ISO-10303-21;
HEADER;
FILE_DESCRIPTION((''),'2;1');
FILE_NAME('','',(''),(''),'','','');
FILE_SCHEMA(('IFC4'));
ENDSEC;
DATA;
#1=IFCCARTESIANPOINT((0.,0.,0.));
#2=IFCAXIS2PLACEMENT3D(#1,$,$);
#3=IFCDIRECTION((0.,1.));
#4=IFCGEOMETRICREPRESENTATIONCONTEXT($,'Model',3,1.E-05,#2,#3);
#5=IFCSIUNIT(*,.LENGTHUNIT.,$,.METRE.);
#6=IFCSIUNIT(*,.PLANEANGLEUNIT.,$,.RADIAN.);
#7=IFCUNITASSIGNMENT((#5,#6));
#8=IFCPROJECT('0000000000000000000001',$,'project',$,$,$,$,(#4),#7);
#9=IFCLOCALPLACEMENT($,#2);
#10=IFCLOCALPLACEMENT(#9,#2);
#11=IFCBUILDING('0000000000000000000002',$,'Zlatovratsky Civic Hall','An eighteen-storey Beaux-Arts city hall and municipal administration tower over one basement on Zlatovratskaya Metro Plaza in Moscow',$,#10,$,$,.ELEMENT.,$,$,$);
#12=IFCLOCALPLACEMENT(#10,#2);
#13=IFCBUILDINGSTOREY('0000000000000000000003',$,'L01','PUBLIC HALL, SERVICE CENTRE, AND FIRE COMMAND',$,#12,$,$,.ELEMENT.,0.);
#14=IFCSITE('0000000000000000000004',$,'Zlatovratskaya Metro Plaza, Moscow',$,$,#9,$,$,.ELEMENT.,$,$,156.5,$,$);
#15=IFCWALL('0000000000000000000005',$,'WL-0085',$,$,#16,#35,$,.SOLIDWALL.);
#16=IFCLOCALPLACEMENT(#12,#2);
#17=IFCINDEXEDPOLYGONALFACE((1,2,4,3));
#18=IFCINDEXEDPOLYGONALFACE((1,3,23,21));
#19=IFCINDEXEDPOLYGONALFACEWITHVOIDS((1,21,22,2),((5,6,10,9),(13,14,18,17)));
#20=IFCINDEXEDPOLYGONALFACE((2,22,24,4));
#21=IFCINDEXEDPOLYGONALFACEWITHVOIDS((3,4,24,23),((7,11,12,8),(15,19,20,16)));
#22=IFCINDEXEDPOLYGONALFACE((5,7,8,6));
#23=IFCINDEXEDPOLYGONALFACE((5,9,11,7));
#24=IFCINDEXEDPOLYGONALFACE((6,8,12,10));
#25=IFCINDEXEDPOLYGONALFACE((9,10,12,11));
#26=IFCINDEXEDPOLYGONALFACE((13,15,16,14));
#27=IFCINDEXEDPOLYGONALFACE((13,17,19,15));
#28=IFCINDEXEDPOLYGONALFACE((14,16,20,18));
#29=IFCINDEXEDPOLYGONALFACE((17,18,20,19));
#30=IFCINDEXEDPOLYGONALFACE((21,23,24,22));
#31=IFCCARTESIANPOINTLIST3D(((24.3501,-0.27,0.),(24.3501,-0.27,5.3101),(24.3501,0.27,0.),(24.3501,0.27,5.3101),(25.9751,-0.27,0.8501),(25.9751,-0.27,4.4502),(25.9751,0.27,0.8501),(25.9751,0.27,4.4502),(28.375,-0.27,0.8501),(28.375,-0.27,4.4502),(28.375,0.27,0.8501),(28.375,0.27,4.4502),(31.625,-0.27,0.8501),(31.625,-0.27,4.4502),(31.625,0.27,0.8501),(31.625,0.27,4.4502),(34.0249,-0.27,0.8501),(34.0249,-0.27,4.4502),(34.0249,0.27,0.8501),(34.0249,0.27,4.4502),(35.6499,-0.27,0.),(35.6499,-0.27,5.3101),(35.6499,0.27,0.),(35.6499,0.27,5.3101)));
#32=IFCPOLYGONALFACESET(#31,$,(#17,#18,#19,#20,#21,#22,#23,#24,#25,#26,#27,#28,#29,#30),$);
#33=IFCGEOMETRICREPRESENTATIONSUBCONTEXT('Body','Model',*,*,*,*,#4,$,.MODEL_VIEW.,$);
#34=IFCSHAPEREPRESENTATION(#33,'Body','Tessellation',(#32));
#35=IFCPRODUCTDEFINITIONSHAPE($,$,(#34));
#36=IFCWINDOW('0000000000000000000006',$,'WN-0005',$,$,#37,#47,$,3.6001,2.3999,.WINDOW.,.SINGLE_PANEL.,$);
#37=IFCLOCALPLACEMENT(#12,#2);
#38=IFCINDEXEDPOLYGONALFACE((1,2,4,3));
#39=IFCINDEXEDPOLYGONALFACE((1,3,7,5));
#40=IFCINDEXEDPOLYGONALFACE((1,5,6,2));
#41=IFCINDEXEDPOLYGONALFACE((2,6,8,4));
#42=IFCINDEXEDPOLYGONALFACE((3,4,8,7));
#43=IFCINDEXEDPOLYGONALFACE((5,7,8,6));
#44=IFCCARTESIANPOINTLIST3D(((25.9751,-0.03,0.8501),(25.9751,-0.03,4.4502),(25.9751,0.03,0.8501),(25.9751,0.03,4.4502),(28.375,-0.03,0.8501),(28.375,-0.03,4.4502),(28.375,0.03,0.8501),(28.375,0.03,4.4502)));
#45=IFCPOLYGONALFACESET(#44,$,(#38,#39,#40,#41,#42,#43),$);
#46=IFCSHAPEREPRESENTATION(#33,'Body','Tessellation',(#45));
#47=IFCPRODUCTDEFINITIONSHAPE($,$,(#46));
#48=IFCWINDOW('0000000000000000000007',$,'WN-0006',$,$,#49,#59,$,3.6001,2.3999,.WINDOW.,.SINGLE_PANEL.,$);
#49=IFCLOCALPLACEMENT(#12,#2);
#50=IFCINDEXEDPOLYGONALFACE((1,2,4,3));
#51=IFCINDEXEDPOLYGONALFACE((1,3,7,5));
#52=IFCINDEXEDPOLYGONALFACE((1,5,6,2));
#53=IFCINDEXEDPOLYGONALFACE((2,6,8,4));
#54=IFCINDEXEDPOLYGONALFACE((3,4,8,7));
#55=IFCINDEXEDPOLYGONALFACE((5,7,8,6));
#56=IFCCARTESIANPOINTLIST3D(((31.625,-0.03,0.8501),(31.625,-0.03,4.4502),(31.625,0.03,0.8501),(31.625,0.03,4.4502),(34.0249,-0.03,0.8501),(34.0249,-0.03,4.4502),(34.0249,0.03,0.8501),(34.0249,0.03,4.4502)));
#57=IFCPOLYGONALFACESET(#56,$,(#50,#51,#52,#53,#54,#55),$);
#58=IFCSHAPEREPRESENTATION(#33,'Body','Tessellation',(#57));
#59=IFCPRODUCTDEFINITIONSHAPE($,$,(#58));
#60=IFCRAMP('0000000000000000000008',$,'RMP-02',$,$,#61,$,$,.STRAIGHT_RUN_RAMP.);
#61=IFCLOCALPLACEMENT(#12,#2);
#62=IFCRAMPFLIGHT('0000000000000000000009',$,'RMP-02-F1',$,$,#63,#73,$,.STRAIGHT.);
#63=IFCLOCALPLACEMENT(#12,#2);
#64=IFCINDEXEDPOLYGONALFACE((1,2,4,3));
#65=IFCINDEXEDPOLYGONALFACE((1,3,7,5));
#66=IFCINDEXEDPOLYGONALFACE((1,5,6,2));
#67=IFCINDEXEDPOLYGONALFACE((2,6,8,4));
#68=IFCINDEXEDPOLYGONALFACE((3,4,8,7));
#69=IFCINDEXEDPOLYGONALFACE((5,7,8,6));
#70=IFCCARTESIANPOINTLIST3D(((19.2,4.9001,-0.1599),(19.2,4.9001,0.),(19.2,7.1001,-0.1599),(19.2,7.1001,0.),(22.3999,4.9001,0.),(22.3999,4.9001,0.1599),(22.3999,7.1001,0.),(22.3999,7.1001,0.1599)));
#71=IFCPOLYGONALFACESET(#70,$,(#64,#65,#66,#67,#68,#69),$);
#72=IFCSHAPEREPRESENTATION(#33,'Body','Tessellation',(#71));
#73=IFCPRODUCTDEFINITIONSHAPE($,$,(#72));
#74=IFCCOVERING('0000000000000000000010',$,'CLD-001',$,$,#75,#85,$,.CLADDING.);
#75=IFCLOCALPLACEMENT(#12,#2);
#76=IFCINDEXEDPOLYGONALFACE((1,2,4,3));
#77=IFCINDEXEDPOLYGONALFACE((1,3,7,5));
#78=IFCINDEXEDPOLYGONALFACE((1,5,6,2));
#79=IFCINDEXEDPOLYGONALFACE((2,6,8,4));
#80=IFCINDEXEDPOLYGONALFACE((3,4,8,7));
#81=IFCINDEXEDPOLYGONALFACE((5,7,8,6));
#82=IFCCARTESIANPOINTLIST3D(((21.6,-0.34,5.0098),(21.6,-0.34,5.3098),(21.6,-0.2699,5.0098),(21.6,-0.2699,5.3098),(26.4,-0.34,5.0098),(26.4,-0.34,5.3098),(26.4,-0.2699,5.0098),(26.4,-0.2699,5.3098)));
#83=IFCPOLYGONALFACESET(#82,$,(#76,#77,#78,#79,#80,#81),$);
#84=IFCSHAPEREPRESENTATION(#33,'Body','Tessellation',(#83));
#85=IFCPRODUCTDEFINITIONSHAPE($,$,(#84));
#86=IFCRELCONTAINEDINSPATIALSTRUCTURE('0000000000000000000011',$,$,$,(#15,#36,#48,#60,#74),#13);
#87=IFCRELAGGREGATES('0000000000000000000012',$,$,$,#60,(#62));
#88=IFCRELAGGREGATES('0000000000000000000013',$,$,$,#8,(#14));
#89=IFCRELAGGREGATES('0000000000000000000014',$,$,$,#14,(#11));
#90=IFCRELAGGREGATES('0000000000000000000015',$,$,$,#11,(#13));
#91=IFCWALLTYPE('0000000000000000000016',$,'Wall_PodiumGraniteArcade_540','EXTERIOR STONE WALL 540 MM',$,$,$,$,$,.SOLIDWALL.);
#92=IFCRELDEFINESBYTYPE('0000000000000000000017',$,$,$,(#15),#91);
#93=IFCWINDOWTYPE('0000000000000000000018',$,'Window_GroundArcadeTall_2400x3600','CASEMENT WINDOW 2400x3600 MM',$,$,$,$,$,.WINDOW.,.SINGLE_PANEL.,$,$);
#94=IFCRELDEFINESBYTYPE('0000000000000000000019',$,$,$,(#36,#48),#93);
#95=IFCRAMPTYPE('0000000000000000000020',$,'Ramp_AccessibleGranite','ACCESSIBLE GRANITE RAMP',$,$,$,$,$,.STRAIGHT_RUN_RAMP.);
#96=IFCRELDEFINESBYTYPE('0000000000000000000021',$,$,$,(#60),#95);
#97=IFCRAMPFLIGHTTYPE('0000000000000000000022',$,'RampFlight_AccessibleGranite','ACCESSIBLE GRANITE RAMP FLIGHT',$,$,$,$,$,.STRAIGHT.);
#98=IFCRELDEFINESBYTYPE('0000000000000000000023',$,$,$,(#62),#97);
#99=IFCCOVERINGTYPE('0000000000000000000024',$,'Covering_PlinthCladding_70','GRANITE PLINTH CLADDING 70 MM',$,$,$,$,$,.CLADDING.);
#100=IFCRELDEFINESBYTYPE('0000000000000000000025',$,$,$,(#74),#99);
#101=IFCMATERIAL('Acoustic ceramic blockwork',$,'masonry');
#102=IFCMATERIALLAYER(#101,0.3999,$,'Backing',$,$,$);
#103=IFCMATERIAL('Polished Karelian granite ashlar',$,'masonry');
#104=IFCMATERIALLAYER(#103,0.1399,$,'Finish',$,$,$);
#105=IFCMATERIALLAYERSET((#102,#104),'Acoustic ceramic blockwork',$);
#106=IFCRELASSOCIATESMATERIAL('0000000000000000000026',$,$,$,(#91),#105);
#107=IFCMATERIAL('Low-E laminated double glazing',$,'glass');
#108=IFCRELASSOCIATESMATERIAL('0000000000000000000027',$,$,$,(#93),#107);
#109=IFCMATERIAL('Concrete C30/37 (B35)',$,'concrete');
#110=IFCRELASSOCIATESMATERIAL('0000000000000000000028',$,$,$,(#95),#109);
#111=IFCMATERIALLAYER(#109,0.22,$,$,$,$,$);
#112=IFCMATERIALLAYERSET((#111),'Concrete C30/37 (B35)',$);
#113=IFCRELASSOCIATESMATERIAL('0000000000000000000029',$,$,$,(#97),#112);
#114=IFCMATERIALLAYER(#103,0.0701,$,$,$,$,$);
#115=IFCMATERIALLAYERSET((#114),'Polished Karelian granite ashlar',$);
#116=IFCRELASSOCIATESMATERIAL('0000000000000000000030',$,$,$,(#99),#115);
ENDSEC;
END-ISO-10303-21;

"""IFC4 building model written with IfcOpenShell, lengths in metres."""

from ifc_helpers import new_model, si_unit, direction, frame, frame_2d, origin, origin_2d, place, context, subcontext, project, spatial, polyline, rectangle, outline, extrude, material, layer, layer_set, type_object, element, fill, aggregate, save


model = new_model("IFC4")

# Units and contexts
model_context = context("Model", 3, precision=1e-05, world=origin(), true_north=direction((0.0, 1.0)))
body_context = subcontext(model_context, "Body", "Model", "MODEL_VIEW")
ifc_project = project(units=[si_unit("LENGTHUNIT", "METRE"), si_unit("PLANEANGLEUNIT", "RADIAN")], contexts=[model_context])

# Site, building, storey
site_placement = place(None, origin())
site = spatial("IfcSite", under=ifc_project, at=site_placement, Name="Zlatovratskaya Metro Plaza, Moscow", CompositionType="ELEMENT", RefElevation=156.5)
building_placement = place(site_placement, origin())
building = spatial("IfcBuilding", under=site, at=building_placement, Name="Zlatovratsky Civic Hall", Description="An eighteen-storey Beaux-Arts city hall and municipal administration tower over one basement on Zlatovratskaya Metro Plaza in Moscow", CompositionType="ELEMENT")
storey_placement = place(building_placement, origin())
storey = spatial("IfcBuildingStorey", under=building, at=storey_placement, Name="L01", Description="PUBLIC HALL, SERVICE CENTRE, AND FIRE COMMAND", CompositionType="ELEMENT", Elevation=0.0)

# Shared definitions
ifc_material_1 = material(Name="Acoustic ceramic blockwork", Category="masonry")

# Shared definitions
ifc_layer_1 = layer(ifc_material_1, 0.3999, Name="Backing")
ifc_material_2 = material(Name="Polished Karelian granite ashlar", Category="masonry")
ifc_layer_2 = layer(ifc_material_2, 0.1399, Name="Finish")
ifc_layer_set_1 = layer_set([ifc_layer_1, ifc_layer_2], Name="Acoustic ceramic blockwork")
wall_type_1 = type_object("IfcWallType", Name="Wall_PodiumGraniteArcade_540", Description="EXTERIOR STONE WALL 540 MM", PredefinedType="SOLIDWALL", material=ifc_layer_set_1)
ifc_material_3 = material(Name="Low-E laminated double glazing", Category="glass")
window_type = type_object("IfcWindowType", Name="Window_GroundArcadeTall_2400x3600", Description="CASEMENT WINDOW 2400x3600 MM", PartitioningType="SINGLE_PANEL", PredefinedType="WINDOW", material=ifc_material_3)

# Wall, openings, windows
wall_1_placement = place(storey_placement, frame((24.3501, 0.0, 0.0), z_axis=(0.0, 0.0, 1.0), x_axis=(1.0, 0.0, 0.0)))
wall_1 = element("IfcWall", 1, at=wall_1_placement, inside=storey, type_object=wall_type_1, Name="WL-0085", PredefinedType="SOLIDWALL", context=body_context, shape_type="SweptSolid", body=[
    extrude(rectangle(XDim=11.2998, YDim=0.54, at=frame_2d((5.6499, 0.0))), origin(), (0.0, 0.0, 1.0), 5.3101),
])
opening_1_placement = place(wall_1_placement, frame((1.625, 0.0, 0.8501)))
opening_1 = element("IfcOpeningElement", 2, at=opening_1_placement, cuts=wall_1, PredefinedType="OPENING", context=body_context, shape_type="SweptSolid", body=[
    extrude(rectangle(XDim=2.3999, YDim=3.6001, at=frame_2d((1.2, 1.8))), frame((0.0, 0.2849, 0.0), z_axis=(0.0, -1.0, 0.0), x_axis=(1.0, 0.0, 0.0)), (0.0, 0.0, 1.0), 0.5698),
])
opening_2_placement = place(wall_1_placement, frame((7.2749, 0.0, 0.8501)))
opening_2 = element("IfcOpeningElement", 3, at=opening_2_placement, cuts=wall_1, PredefinedType="OPENING", context=body_context, shape_type="SweptSolid", body=[
    extrude(rectangle(XDim=2.3999, YDim=3.6001, at=frame_2d((1.2, 1.8))), frame((0.0, 0.2849, 0.0), z_axis=(0.0, -1.0, 0.0), x_axis=(1.0, 0.0, 0.0)), (0.0, 0.0, 1.0), 0.5698),
])
window_1_placement = place(opening_1_placement, origin())
window_1 = element("IfcWindow", 4, at=window_1_placement, inside=storey, type_object=window_type, Name="WN-0005", OverallHeight=3.6001, OverallWidth=2.3999, PartitioningType="SINGLE_PANEL", PredefinedType="WINDOW", context=body_context, shape_type="SweptSolid", body=[
    extrude(rectangle(XDim=2.3999, YDim=3.6001, at=frame_2d((1.2, 1.8))), frame((0.0, 0.03, 0.0), z_axis=(0.0, -1.0, 0.0), x_axis=(1.0, 0.0, 0.0)), (0.0, 0.0, 1.0), 0.0601),
])
fill(opening_1, window_1)
window_2_placement = place(opening_2_placement, origin())
window_2 = element("IfcWindow", 5, at=window_2_placement, inside=storey, type_object=window_type, Name="WN-0006", OverallHeight=3.6001, OverallWidth=2.3999, PartitioningType="SINGLE_PANEL", PredefinedType="WINDOW", context=body_context, shape_type="SweptSolid", body=[
    extrude(rectangle(XDim=2.3999, YDim=3.6001, at=frame_2d((1.2, 1.8))), frame((0.0, 0.03, 0.0), z_axis=(0.0, -1.0, 0.0), x_axis=(1.0, 0.0, 0.0)), (0.0, 0.0, 1.0), 0.0601),
])
fill(opening_2, window_2)

# Ramp, ramp flight
ifc_material_4 = material(Name="Concrete C30/37 (B35)", Category="concrete")
ramp_type = type_object("IfcRampType", Name="Ramp_AccessibleGranite", Description="ACCESSIBLE GRANITE RAMP", PredefinedType="STRAIGHT_RUN_RAMP", material=ifc_material_4)
ramp_placement = place(storey_placement, origin())
ramp = element("IfcRamp", 6, at=ramp_placement, inside=storey, type_object=ramp_type, Name="RMP-02", PredefinedType="STRAIGHT_RUN_RAMP")
ifc_layer_3 = layer(ifc_material_4, 0.22)
ifc_layer_set_2 = layer_set([ifc_layer_3], Name="Concrete C30/37 (B35)")
ramp_flight_type = type_object("IfcRampFlightType", Name="RampFlight_AccessibleGranite", Description="ACCESSIBLE GRANITE RAMP FLIGHT", PredefinedType="STRAIGHT", material=ifc_layer_set_2)
ramp_flight_placement = place(storey_placement, frame((19.2, 6.0, 0.0), z_axis=(0.0, 0.0, 1.0), x_axis=(1.0, 0.0, 0.0)))
ramp_flight = element("IfcRampFlight", 7, at=ramp_flight_placement, type_object=ramp_flight_type, Name="RMP-02-F1", PredefinedType="STRAIGHT", context=body_context, shape_type="SweptSolid", body=[
    extrude(outline(polyline([(0.0, 0.0), (3.2, 0.1599), (3.2, 0.0), (0.0, -0.1599), (0.0, 0.0)])), frame((0.0, 1.1001, 0.0), z_axis=(0.0, -1.0, 0.0), x_axis=(1.0, 0.0, 0.0)), (0.0, 0.0, 1.0), 2.2),
])
aggregate(ramp, [ramp_flight])

# Covering
ifc_layer_4 = layer(ifc_material_2, 0.0701)
ifc_layer_set_3 = layer_set([ifc_layer_4], Name="Polished Karelian granite ashlar")
covering_type = type_object("IfcCoveringType", Name="Covering_PlinthCladding_70", Description="GRANITE PLINTH CLADDING 70 MM", PredefinedType="CLADDING", material=ifc_layer_set_3)
covering_placement = place(storey_placement, frame((24.0, -0.3049, 5.0098), z_axis=(0.0, 0.0, 1.0), x_axis=(1.0, 0.0, 0.0)))
element("IfcCovering", 8, at=covering_placement, inside=storey, type_object=covering_type, Name="CLD-001", PredefinedType="CLADDING", context=body_context, shape_type="SweptSolid", body=[
    extrude(rectangle(XDim=4.8, YDim=0.0701, at=origin_2d()), origin(), (0.0, 0.0, 1.0), 0.3),
])

save(model, "model.ifc")
